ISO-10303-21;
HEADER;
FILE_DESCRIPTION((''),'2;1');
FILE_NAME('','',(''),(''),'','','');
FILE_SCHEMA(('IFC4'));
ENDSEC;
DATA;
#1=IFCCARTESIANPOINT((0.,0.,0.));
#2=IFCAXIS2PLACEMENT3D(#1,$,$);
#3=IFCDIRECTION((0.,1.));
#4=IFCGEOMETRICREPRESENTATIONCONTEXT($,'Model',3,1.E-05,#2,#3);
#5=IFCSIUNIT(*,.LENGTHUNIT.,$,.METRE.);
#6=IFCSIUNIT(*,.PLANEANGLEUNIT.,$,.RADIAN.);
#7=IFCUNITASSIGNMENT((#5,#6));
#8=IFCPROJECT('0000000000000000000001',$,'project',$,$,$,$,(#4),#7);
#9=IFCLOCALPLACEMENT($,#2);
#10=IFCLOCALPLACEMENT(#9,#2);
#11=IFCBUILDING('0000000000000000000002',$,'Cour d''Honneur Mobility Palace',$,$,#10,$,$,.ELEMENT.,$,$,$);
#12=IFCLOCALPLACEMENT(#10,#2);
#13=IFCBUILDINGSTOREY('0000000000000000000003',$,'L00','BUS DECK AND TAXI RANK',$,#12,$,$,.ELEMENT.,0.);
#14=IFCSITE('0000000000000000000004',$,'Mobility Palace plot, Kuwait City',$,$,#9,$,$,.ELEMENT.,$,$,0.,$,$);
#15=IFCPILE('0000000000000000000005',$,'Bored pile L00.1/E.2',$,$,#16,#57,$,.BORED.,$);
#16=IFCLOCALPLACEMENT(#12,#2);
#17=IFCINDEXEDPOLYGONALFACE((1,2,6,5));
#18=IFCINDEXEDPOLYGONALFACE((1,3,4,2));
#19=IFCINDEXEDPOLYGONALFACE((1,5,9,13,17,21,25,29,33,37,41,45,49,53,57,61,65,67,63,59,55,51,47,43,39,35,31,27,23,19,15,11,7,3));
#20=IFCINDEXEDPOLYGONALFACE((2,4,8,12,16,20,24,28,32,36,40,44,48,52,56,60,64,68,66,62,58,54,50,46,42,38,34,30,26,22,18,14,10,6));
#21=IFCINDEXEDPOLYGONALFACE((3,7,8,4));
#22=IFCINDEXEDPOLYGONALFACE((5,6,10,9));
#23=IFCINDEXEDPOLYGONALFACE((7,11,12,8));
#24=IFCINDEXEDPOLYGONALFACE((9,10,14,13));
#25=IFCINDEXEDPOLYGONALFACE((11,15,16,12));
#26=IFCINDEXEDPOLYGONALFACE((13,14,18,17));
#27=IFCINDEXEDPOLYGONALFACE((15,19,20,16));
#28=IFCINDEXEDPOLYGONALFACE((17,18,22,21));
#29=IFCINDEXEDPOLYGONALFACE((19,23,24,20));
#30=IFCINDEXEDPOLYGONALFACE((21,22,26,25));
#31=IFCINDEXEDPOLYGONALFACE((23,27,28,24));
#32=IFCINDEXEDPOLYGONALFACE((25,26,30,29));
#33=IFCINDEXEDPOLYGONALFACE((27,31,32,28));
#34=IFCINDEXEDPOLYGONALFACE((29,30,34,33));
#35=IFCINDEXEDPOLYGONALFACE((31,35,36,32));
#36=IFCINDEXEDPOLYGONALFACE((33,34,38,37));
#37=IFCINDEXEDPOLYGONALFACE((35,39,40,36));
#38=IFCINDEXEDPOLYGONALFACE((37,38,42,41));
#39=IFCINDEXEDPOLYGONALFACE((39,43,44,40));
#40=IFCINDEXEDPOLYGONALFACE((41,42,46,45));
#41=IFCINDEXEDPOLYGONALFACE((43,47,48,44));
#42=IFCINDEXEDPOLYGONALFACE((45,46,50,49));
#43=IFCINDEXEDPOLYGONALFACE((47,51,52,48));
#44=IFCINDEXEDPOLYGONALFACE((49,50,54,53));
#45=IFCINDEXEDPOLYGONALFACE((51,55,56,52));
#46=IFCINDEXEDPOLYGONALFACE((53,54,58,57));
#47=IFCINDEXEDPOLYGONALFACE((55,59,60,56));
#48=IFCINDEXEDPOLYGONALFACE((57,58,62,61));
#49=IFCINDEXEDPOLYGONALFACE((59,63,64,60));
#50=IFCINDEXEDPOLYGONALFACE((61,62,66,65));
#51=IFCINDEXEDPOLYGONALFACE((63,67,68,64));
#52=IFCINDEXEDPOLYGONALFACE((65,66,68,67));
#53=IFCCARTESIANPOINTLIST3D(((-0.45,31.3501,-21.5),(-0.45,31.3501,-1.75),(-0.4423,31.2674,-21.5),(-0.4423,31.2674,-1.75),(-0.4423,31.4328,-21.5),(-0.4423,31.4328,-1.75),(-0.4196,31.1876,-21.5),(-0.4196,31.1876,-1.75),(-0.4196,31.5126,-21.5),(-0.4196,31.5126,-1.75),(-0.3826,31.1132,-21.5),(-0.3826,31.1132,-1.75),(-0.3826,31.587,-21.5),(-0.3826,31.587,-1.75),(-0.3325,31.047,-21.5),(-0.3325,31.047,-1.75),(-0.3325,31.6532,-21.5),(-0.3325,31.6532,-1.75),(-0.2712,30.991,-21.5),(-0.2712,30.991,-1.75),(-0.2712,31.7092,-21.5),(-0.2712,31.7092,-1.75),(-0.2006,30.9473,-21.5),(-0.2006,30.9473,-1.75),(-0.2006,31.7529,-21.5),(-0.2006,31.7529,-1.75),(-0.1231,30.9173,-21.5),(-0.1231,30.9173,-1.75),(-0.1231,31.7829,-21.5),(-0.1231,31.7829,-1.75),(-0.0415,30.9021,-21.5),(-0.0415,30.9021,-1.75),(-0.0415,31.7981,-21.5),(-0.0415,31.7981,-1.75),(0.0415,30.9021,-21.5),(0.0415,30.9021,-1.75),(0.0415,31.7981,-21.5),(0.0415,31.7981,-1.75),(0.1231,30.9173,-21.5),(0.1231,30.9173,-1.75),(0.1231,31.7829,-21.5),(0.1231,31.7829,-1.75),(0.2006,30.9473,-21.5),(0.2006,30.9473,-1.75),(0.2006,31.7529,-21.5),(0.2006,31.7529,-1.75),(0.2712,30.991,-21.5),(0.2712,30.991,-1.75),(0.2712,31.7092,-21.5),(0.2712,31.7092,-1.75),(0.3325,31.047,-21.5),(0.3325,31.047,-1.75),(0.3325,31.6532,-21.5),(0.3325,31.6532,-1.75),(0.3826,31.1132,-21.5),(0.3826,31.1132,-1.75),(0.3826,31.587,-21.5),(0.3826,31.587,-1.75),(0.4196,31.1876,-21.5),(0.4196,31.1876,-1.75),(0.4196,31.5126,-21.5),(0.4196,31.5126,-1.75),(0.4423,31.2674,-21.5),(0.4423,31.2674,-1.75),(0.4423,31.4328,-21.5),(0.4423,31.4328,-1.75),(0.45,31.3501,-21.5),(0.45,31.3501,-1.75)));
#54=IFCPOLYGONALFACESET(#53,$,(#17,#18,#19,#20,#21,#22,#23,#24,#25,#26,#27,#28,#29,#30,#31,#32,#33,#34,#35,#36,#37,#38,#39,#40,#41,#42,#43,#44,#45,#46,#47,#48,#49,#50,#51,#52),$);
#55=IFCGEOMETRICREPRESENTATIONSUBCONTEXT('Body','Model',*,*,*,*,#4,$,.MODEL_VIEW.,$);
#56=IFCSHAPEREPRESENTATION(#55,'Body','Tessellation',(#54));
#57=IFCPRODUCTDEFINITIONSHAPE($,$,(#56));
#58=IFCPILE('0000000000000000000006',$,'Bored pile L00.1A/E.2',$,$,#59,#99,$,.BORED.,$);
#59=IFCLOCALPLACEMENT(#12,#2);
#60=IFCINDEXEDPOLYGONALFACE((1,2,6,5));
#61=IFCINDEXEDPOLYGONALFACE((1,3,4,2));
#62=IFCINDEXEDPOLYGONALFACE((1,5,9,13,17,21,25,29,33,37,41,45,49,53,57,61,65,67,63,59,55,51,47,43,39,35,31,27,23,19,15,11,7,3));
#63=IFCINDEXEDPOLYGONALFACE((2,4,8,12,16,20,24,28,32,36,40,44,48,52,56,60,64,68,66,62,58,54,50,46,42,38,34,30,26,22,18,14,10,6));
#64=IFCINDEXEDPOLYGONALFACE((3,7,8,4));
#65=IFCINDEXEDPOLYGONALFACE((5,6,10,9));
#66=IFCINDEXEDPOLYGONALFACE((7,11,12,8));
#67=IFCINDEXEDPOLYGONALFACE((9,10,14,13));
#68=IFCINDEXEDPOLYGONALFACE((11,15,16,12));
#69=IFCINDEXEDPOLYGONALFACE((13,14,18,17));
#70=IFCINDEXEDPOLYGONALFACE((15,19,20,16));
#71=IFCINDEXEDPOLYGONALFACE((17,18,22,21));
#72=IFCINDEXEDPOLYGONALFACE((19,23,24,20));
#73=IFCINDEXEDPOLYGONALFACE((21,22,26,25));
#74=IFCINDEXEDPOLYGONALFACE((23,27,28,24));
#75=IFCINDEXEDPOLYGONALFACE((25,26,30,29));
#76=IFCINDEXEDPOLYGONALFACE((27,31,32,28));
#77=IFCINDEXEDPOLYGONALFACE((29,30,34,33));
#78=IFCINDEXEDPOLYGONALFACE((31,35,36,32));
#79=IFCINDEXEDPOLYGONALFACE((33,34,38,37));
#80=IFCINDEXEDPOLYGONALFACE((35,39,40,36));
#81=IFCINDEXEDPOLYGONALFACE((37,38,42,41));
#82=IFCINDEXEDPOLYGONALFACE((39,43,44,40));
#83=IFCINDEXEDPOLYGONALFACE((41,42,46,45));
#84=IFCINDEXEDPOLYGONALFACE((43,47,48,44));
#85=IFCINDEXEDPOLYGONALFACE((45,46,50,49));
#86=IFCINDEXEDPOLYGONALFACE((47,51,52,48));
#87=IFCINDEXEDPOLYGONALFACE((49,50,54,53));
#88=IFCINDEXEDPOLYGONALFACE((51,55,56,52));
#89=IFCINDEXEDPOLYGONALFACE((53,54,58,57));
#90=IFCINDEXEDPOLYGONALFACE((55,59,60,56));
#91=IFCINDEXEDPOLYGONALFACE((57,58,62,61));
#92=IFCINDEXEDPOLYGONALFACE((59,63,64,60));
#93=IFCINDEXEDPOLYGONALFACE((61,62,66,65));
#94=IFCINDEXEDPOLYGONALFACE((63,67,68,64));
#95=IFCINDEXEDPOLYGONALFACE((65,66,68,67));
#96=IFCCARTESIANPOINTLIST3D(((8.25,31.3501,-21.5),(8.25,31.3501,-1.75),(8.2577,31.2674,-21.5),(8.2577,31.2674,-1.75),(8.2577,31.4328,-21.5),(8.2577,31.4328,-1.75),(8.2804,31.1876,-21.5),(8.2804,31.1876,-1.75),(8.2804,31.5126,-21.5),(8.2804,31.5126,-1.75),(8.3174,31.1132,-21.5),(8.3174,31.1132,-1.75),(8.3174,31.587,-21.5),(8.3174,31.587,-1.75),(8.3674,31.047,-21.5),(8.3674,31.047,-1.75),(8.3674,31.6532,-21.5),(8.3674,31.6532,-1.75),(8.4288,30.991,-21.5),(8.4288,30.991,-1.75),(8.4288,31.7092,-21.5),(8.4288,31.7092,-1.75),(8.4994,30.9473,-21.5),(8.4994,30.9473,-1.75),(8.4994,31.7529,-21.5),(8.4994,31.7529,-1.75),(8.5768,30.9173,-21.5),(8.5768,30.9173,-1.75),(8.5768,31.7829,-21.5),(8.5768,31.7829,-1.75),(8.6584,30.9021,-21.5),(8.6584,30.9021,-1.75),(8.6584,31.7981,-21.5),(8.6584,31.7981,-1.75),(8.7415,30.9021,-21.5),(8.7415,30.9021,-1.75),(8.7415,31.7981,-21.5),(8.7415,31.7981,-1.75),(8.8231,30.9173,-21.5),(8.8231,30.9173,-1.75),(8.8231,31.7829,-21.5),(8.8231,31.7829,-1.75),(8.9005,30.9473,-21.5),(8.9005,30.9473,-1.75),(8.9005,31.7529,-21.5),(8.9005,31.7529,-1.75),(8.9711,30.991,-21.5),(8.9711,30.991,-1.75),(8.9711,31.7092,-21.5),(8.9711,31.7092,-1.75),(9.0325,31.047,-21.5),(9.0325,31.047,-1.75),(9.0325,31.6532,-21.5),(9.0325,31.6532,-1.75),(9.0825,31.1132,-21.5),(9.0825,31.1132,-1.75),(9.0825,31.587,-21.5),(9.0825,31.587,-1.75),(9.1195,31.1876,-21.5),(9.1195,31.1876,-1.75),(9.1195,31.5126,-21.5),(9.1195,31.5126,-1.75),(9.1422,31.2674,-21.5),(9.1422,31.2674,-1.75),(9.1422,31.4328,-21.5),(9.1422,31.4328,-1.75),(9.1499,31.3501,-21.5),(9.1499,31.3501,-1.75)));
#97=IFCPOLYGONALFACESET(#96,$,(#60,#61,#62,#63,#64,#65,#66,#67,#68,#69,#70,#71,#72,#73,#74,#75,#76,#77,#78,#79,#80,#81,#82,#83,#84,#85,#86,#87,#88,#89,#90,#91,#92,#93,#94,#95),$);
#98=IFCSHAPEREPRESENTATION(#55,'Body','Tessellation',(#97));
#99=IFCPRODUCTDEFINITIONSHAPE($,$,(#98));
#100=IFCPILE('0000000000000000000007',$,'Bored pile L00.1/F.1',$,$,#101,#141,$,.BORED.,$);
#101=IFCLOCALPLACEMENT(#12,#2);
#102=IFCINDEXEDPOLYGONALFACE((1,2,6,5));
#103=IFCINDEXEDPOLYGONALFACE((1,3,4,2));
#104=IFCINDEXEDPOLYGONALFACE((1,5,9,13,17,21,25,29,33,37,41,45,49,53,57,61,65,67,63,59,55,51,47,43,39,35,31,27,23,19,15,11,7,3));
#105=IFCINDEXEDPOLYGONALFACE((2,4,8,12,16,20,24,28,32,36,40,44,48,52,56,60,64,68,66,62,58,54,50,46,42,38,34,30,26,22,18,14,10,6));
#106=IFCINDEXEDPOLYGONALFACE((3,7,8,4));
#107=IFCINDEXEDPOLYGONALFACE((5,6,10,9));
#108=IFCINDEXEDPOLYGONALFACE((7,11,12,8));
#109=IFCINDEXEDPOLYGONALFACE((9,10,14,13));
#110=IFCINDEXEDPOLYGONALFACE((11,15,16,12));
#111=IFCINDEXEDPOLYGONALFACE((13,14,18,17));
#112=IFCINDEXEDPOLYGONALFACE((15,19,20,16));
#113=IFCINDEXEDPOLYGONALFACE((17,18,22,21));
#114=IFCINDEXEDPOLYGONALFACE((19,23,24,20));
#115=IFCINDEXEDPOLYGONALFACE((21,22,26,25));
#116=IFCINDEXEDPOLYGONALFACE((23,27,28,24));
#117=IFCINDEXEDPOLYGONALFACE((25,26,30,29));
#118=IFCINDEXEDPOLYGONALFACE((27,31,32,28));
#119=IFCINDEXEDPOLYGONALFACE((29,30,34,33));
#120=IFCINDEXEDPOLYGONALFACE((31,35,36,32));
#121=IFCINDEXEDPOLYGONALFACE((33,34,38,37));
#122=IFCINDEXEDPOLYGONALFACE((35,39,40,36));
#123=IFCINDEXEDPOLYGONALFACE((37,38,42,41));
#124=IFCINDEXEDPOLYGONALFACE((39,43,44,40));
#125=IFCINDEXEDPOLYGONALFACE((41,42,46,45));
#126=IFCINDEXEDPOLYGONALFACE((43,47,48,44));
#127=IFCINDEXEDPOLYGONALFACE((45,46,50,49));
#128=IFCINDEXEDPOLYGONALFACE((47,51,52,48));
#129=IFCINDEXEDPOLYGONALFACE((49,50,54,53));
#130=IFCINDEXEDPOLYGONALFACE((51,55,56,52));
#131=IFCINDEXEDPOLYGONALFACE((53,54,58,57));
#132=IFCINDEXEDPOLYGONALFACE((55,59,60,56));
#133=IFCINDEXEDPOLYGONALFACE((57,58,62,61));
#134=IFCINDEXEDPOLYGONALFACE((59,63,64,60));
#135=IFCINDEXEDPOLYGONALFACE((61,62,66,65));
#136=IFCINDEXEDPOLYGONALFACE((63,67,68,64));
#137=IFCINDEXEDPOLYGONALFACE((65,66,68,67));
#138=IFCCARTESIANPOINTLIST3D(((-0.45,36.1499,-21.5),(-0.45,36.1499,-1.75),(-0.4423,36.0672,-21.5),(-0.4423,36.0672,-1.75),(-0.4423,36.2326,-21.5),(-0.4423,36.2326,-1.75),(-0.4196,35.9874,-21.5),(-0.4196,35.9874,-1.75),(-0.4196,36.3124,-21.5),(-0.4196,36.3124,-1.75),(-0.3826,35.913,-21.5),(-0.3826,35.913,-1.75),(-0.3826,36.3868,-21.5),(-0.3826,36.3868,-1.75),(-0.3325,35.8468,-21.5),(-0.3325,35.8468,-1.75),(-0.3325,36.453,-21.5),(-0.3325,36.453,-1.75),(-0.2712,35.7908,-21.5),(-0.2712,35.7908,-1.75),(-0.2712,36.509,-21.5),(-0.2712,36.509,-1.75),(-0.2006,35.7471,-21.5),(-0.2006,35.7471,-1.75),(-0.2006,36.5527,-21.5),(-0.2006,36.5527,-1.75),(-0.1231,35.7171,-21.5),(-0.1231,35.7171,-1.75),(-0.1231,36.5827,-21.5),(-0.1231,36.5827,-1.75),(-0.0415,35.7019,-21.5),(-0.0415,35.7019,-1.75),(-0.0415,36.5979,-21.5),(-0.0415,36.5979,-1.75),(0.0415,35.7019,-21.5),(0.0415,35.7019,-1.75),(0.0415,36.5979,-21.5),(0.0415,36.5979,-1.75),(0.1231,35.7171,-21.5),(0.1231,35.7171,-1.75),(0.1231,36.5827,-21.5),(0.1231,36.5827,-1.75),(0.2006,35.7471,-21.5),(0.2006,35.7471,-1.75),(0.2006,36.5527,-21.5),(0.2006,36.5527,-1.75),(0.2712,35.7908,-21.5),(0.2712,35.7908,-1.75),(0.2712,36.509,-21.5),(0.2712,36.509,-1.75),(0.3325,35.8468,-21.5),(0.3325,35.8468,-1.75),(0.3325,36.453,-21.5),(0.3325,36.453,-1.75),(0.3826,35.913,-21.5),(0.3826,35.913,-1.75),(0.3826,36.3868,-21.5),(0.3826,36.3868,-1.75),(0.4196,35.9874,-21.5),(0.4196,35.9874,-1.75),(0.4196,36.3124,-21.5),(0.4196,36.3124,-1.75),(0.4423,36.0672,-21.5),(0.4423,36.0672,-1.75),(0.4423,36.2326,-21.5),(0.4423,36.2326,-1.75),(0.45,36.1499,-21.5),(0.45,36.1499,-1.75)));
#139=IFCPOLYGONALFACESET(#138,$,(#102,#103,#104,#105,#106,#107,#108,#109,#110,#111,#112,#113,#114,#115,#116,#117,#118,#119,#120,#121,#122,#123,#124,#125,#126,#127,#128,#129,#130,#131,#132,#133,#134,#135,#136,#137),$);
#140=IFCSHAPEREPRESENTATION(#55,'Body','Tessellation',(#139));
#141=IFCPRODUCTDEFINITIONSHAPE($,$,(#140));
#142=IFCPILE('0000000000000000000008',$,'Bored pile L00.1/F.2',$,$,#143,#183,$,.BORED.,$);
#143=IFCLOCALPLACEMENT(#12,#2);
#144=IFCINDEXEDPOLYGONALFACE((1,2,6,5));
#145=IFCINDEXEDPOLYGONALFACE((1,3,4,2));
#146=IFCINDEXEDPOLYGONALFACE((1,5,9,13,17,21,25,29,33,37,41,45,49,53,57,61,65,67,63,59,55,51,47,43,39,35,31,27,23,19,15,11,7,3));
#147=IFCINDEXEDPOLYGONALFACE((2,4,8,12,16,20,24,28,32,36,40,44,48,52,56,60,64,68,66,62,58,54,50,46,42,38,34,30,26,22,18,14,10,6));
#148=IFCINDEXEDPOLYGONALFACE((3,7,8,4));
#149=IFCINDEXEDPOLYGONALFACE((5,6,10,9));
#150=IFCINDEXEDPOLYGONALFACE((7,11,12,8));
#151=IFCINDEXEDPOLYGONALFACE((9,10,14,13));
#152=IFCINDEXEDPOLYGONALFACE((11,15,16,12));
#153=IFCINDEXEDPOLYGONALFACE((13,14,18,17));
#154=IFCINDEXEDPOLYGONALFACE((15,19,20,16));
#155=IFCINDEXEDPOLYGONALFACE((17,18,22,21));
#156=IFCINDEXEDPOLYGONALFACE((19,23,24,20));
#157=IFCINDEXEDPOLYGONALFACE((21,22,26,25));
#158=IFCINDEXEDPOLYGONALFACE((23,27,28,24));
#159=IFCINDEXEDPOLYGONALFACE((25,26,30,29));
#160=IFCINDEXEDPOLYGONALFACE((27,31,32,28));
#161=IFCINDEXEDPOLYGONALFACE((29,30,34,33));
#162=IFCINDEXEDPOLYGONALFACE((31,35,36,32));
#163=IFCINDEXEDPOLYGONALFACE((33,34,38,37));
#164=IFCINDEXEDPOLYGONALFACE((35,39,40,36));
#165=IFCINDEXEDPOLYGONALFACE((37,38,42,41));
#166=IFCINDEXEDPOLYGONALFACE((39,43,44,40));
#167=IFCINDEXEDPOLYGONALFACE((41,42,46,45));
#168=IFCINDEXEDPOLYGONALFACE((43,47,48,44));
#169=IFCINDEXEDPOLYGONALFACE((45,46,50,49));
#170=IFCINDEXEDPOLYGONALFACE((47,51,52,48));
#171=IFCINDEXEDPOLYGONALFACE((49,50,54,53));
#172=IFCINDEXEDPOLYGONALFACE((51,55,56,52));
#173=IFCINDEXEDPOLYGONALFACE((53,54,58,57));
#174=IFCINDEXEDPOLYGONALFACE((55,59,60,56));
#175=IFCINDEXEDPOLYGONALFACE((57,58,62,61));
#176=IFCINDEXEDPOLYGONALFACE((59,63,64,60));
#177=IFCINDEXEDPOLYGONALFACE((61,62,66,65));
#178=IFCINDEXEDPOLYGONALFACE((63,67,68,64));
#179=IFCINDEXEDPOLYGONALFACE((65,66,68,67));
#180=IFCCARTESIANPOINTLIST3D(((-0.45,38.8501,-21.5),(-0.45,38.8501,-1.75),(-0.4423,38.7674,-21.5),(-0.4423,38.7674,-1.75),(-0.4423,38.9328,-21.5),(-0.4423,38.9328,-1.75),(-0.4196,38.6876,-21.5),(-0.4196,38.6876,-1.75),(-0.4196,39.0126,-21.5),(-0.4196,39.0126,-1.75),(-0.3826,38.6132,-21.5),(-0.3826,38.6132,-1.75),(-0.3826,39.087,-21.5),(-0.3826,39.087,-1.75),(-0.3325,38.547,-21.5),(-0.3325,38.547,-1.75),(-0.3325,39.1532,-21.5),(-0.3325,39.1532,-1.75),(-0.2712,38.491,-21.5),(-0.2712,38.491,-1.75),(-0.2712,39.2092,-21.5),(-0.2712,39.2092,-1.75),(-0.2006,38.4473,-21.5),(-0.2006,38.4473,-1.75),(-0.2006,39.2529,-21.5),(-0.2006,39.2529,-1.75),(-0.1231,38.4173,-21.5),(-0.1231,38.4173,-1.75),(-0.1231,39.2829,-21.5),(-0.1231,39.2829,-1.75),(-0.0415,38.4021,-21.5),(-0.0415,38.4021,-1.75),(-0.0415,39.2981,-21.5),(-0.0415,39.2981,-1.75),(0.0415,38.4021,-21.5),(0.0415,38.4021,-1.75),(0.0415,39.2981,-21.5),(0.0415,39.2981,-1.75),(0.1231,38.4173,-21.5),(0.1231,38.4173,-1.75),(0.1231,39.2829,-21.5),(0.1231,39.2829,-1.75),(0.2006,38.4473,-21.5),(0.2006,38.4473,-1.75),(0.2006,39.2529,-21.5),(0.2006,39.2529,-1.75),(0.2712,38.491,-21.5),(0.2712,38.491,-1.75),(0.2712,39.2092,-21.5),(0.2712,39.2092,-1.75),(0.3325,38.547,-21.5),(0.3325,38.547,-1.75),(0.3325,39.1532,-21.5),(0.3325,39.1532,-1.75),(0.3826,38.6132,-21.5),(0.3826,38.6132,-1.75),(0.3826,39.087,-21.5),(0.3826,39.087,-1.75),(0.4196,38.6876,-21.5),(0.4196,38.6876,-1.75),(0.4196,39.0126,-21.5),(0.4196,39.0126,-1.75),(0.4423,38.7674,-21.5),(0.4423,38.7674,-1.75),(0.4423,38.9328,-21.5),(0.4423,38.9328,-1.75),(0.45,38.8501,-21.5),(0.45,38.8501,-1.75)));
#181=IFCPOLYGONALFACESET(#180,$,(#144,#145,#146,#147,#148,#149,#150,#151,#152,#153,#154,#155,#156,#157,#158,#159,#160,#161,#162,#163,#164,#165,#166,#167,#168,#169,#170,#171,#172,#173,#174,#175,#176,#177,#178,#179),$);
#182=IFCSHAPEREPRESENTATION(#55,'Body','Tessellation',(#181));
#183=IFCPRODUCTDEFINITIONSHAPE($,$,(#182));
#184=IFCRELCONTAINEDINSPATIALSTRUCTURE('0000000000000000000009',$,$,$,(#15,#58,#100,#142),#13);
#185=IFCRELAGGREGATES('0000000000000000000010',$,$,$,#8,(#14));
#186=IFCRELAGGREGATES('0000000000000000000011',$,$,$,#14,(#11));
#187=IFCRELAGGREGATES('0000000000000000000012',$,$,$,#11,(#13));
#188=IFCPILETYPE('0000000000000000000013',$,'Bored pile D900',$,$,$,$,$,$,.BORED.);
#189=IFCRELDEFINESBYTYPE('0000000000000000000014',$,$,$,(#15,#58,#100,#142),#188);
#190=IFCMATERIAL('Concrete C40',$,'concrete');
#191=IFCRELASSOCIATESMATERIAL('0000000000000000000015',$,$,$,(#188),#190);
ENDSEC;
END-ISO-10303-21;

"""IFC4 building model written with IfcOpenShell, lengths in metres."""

from ifc_helpers import new_model, si_unit, direction, frame, origin, origin_2d, place, context, subcontext, project, spatial, circle, extrude, material, material_profile, profile_set, type_object, element, save


model = new_model("IFC4")

# Units and contexts
model_context = context("Model", 3, precision=1e-05, world=origin(), true_north=direction((0.0, 1.0)))
body_context = subcontext(model_context, "Body", "Model", "MODEL_VIEW")
ifc_project = project(units=[si_unit("LENGTHUNIT", "METRE"), si_unit("PLANEANGLEUNIT", "RADIAN")], contexts=[model_context])

# Site, building, storey
site_placement = place(None, origin())
site = spatial("IfcSite", under=ifc_project, at=site_placement, Name="Mobility Palace plot, Kuwait City", CompositionType="ELEMENT", RefElevation=0.0)
building_placement = place(site_placement, origin())
building = spatial("IfcBuilding", under=site, at=building_placement, Name="Cour d'Honneur Mobility Palace", CompositionType="ELEMENT")
storey_placement = place(building_placement, origin())
storey = spatial("IfcBuildingStorey", under=building, at=storey_placement, Name="L00", Description="BUS DECK AND TAXI RANK", CompositionType="ELEMENT", Elevation=0.0)

# Piles
ifc_material_1 = material(Name="Concrete C40", Category="concrete")
ifc_material_profile_1 = material_profile(ifc_material_1, circle(Radius=0.45, at=origin_2d()), Name="Bored pile D900")
ifc_profile_set_1 = profile_set([ifc_material_profile_1], Name="Concrete C40")
pile_type = type_object("IfcPileType", Name="Bored pile D900", PredefinedType="BORED", material=ifc_profile_set_1)
for number, where, z_axis, x_axis, name in (
    (1, (0.0, 31.3501, -1.75), (0.0, 0.0, -1.0), (1.0, 0.0, 0.0), "Bored pile L00.1/E.2"),
    (2, (8.7, 31.3501, -1.75), (0.0, 0.0, -1.0), (1.0, 0.0, 0.0), "Bored pile L00.1A/E.2"),
    (3, (0.0, 36.1499, -1.75), (0.0, 0.0, -1.0), (1.0, 0.0, 0.0), "Bored pile L00.1/F.1"),
    (4, (0.0, 38.8501, -1.75), (0.0, 0.0, -1.0), (1.0, 0.0, 0.0), "Bored pile L00.1/F.2"),
):
    element("IfcPile", number, at=place(storey_placement, frame(where, z_axis=z_axis, x_axis=x_axis)), inside=storey, type_object=pile_type, Name=name, PredefinedType="BORED", context=body_context, shape_type="SweptSolid", body=[
        extrude(circle(Radius=0.45, at=origin_2d()), origin(), (0.0, 0.0, 1.0), 19.75),
    ])

save(model, "model.ifc")
